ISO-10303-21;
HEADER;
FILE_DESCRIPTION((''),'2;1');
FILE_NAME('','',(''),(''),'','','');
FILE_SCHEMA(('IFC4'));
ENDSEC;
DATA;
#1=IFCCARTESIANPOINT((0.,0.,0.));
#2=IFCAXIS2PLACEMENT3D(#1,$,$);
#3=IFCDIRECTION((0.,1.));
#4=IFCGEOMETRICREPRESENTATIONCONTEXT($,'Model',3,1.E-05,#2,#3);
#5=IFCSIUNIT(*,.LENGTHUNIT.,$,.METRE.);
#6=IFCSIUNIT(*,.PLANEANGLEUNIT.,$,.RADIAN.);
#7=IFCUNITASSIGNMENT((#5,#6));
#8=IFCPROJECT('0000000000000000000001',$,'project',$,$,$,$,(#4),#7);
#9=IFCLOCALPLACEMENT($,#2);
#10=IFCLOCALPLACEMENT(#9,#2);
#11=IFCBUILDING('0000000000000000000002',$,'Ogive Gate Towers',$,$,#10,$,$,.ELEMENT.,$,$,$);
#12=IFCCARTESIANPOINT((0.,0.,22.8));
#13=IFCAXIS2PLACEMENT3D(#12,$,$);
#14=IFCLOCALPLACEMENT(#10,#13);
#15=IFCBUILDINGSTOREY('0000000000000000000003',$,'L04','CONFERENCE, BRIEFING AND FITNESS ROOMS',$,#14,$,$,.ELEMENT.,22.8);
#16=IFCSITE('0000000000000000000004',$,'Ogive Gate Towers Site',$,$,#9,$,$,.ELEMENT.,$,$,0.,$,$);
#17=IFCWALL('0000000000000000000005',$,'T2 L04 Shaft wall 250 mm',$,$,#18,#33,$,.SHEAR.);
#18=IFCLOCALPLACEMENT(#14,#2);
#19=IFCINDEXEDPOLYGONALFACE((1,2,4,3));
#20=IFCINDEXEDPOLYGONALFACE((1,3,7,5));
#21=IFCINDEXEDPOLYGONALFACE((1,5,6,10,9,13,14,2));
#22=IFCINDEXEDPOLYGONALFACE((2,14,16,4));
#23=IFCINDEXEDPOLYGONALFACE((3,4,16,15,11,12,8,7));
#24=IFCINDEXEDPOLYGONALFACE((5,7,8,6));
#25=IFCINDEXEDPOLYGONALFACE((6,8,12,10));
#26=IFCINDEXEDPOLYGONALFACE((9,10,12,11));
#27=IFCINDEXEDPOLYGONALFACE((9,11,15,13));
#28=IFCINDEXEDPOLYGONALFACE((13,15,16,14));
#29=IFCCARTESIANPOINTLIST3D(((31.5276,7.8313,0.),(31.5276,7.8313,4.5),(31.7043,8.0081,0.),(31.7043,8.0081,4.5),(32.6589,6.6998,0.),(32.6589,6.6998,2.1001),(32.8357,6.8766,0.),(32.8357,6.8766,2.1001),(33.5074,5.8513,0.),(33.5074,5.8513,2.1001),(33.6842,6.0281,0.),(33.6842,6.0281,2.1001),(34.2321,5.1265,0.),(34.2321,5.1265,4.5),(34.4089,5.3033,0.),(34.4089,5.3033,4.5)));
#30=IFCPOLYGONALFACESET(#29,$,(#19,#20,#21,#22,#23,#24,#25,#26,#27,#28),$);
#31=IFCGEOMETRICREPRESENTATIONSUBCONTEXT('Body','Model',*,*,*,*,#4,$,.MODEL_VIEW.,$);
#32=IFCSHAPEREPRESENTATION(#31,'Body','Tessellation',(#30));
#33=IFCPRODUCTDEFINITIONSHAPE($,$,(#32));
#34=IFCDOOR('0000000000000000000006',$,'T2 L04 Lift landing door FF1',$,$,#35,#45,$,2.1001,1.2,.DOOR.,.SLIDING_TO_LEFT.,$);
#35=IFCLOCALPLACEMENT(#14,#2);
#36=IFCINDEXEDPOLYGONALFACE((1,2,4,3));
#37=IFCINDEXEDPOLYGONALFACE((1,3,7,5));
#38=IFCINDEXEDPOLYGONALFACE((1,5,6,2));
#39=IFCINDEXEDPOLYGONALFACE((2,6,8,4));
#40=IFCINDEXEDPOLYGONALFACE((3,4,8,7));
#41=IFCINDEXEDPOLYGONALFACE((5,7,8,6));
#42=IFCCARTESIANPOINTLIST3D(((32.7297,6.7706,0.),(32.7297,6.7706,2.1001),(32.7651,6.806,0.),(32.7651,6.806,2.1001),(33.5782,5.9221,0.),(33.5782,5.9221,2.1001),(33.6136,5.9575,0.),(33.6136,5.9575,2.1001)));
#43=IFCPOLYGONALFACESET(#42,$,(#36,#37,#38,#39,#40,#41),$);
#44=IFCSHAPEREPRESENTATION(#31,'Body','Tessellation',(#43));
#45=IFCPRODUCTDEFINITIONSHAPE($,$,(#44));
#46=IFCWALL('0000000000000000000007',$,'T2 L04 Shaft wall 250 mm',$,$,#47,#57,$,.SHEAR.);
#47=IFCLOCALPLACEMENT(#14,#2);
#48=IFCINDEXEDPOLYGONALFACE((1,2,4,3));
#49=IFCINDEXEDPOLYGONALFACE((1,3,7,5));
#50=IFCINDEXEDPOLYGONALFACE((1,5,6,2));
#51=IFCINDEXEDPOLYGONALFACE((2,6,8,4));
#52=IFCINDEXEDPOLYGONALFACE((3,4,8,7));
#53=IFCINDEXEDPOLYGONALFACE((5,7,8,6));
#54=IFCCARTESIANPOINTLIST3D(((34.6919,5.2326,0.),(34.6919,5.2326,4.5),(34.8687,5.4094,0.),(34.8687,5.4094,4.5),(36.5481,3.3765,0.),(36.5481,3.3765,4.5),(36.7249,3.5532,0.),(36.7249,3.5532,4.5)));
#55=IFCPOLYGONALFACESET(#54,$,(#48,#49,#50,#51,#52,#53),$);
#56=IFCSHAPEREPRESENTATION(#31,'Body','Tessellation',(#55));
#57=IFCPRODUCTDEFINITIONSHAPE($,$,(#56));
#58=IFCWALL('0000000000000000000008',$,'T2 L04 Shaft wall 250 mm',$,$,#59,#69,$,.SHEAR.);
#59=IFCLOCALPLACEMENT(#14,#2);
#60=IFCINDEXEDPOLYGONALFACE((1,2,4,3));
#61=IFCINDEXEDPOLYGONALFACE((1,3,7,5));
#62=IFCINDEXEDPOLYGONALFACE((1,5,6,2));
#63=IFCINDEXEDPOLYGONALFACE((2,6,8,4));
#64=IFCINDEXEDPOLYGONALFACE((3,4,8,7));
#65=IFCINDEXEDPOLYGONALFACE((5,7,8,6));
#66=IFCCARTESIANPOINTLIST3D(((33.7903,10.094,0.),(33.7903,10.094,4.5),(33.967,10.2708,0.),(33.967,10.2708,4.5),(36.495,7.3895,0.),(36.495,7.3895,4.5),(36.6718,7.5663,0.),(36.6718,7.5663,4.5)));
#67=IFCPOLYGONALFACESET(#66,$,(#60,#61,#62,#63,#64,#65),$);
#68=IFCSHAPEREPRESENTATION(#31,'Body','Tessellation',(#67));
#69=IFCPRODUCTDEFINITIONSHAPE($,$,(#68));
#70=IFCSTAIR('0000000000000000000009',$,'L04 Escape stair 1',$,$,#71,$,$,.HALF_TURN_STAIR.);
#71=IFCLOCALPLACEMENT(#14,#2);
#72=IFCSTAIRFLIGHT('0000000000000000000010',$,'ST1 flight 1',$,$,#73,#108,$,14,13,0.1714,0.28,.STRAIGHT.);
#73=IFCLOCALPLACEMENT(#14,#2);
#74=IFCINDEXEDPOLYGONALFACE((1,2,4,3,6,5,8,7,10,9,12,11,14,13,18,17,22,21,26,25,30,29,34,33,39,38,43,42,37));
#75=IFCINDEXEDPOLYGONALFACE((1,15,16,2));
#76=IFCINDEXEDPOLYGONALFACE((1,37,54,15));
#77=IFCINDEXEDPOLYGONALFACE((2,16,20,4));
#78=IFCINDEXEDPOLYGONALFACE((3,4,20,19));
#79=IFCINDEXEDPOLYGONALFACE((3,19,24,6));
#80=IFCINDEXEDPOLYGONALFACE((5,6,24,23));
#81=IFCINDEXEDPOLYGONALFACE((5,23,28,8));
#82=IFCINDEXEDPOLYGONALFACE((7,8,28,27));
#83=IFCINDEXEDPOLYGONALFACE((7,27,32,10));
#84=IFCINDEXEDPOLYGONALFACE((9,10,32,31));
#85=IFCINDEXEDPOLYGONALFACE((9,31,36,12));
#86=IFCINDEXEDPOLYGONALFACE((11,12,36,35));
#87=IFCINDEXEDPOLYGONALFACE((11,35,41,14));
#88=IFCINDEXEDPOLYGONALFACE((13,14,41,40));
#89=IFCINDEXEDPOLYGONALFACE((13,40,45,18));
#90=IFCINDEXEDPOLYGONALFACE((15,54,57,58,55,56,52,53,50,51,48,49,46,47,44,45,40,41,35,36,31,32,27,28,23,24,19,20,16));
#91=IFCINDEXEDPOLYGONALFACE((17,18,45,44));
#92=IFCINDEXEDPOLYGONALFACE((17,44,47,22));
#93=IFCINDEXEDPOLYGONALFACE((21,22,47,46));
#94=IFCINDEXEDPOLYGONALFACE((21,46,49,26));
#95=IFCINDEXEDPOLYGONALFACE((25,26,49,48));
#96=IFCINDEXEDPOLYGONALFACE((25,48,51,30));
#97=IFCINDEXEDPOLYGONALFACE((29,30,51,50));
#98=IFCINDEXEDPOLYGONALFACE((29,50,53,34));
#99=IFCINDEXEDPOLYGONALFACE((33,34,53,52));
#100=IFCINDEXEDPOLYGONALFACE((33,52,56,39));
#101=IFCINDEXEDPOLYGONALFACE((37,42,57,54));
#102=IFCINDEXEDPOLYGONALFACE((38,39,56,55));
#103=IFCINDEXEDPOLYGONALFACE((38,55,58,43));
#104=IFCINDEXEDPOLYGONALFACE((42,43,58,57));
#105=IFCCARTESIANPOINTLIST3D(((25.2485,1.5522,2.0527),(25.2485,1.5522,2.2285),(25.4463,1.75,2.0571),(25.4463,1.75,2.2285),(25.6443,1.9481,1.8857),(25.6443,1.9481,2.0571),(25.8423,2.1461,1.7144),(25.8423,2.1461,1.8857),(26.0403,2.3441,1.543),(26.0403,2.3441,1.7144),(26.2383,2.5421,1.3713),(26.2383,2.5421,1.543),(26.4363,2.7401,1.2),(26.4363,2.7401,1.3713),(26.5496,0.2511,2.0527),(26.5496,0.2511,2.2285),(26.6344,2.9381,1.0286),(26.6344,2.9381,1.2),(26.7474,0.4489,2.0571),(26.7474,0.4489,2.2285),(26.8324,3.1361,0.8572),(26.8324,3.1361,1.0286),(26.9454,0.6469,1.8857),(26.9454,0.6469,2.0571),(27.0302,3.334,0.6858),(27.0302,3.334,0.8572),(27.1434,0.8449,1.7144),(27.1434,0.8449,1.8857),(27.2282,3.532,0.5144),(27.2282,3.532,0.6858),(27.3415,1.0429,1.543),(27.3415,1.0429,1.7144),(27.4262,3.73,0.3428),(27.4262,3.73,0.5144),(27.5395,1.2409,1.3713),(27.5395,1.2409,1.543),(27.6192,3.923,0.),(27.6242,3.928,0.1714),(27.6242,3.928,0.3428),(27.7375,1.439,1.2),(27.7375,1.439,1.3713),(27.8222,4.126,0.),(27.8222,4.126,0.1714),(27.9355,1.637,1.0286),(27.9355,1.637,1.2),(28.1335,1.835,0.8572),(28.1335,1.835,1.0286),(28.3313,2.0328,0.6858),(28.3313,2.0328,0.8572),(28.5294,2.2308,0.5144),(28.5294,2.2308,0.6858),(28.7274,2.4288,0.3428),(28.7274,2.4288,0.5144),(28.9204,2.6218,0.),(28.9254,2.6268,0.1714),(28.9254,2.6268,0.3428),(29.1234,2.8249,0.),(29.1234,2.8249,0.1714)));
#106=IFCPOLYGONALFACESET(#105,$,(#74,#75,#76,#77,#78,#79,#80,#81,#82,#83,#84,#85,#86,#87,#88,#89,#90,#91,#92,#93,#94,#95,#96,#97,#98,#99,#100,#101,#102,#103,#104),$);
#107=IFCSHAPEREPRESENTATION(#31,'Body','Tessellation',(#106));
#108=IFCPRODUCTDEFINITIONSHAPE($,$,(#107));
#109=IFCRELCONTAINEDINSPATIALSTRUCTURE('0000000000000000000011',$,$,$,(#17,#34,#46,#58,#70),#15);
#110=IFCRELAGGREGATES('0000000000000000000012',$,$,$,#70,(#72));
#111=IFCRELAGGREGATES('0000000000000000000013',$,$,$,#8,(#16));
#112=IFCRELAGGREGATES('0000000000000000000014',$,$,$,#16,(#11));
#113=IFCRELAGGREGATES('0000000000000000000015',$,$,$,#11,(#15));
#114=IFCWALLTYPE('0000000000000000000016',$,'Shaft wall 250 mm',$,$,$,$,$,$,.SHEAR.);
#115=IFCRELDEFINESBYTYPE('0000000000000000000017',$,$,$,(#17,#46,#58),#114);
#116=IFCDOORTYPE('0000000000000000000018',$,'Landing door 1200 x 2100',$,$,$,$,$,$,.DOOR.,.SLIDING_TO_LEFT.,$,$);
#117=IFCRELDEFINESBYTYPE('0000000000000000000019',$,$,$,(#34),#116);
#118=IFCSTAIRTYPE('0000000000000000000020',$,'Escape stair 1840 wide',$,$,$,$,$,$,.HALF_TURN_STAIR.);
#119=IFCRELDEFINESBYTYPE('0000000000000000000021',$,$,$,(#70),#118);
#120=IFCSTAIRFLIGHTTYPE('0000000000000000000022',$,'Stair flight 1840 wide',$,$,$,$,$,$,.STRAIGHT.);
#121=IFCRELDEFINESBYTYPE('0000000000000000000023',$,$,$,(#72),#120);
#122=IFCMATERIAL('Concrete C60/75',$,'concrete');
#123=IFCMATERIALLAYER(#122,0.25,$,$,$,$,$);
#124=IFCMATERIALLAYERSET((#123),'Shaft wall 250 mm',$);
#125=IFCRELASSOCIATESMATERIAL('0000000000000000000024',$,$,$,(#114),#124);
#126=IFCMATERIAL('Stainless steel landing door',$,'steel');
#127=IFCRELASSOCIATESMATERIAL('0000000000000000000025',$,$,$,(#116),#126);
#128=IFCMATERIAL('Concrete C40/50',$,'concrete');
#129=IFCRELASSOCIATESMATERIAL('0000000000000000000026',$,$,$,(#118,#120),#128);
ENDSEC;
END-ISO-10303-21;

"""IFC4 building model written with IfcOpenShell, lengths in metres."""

from ifc_helpers import new_model, si_unit, direction, frame, frame_2d, origin, place, context, subcontext, project, spatial, polyline, rectangle, outline, extrude, material, layer, layer_set, type_object, element, fill, aggregate, save


model = new_model("IFC4")

# Units and contexts
model_context = context("Model", 3, precision=1e-05, world=origin(), true_north=direction((0.0, 1.0)))
body_context = subcontext(model_context, "Body", "Model", "MODEL_VIEW")
ifc_project = project(units=[si_unit("LENGTHUNIT", "METRE"), si_unit("PLANEANGLEUNIT", "RADIAN")], contexts=[model_context])

# Site, building, storey
site_placement = place(None, origin())
site = spatial("IfcSite", under=ifc_project, at=site_placement, Name="Ogive Gate Towers Site", CompositionType="ELEMENT", RefElevation=0.0)
building_placement = place(site_placement, origin())
building = spatial("IfcBuilding", under=site, at=building_placement, Name="Ogive Gate Towers", CompositionType="ELEMENT")
storey_placement = place(building_placement, frame((0.0, 0.0, 22.8)))
storey = spatial("IfcBuildingStorey", under=building, at=storey_placement, Name="L04", Description="CONFERENCE, BRIEFING AND FITNESS ROOMS", CompositionType="ELEMENT", Elevation=22.8)

# Shared definitions
ifc_material_1 = material(Name="Concrete C40/50", Category="concrete")

# Shared definitions
ifc_material_2 = material(Name="Concrete C60/75", Category="concrete")

# Wall, opening, door
ifc_layer_1 = layer(ifc_material_2, 0.25)
ifc_layer_set_1 = layer_set([ifc_layer_1], Name="Shaft wall 250 mm")
wall_type_1 = type_object("IfcWallType", Name="Shaft wall 250 mm", PredefinedType="SHEAR", material=ifc_layer_set_1)
wall_1_placement = place(storey_placement, frame((34.3206, 5.2148, 0.0), z_axis=(0.0, 0.0, 1.0), x_axis=(-0.707075, 0.707139, 0.0)))
wall_1 = element("IfcWall", 1, at=wall_1_placement, inside=storey, type_object=wall_type_1, Name="T2 L04 Shaft wall 250 mm", PredefinedType="SHEAR", context=body_context, shape_type="SweptSolid", body=[
    extrude(rectangle(XDim=3.825, YDim=0.25, at=frame_2d((1.9126, 0.0))), origin(), (0.0, 0.0, 1.0), 4.5),
])
opening_1_placement = place(wall_1_placement, frame((1.0249, 0.0, 0.0)))
opening_1 = element("IfcOpeningElement", 2, at=opening_1_placement, cuts=wall_1, PredefinedType="OPENING", context=body_context, shape_type="SweptSolid", body=[
    extrude(rectangle(XDim=1.2, YDim=2.1001, at=frame_2d((0.6001, 1.05))), frame((0.0, 0.135, 0.0), z_axis=(0.0, -1.0, 0.0), x_axis=(1.0, 0.0, 0.0)), (0.0, 0.0, 1.0), 0.27),
])
ifc_material_3 = material(Name="Stainless steel landing door", Category="steel")
door_type_1 = type_object("IfcDoorType", Name="Landing door 1200 x 2100", OperationType="SLIDING_TO_LEFT", PredefinedType="DOOR", material=ifc_material_3)
door_1_placement = place(opening_1_placement, origin())
door_1 = element("IfcDoor", 3, at=door_1_placement, inside=storey, type_object=door_type_1, Name="T2 L04 Lift landing door FF1", OperationType="SLIDING_TO_LEFT", OverallHeight=2.1001, OverallWidth=1.2, PredefinedType="DOOR", context=body_context, shape_type="SweptSolid", body=[
    extrude(rectangle(XDim=1.2, YDim=2.1001, at=frame_2d((0.6001, 1.05))), frame((0.0, 0.0249, 0.0), z_axis=(0.0, -1.0, 0.0), x_axis=(1.0, 0.0, 0.0)), (0.0, 0.0, 1.0), 0.05),
])
fill(opening_1, door_1)

# Walls
wall_2_placement = place(storey_placement, frame((36.6365, 3.4648, 0.0), z_axis=(0.0, 0.0, 1.0), x_axis=(-0.707107, 0.707107, 0.0)))
element("IfcWall", 4, at=wall_2_placement, inside=storey, type_object=wall_type_1, Name="T2 L04 Shaft wall 250 mm", PredefinedType="SHEAR", context=body_context, shape_type="SweptSolid", body=[
    extrude(rectangle(XDim=2.625, YDim=0.25, at=frame_2d((1.3125, 0.0))), origin(), (0.0, 0.0, 1.0), 4.5),
])
wall_3_placement = place(storey_placement, frame((36.5835, 7.4778, 0.0), z_axis=(0.0, 0.0, 1.0), x_axis=(-0.707139, 0.707075, 0.0)))
element("IfcWall", 5, at=wall_3_placement, inside=storey, type_object=wall_type_1, Name="T2 L04 Shaft wall 250 mm", PredefinedType="SHEAR", context=body_context, shape_type="SweptSolid", body=[
    extrude(rectangle(XDim=3.825, YDim=0.25, at=frame_2d((1.9126, 0.0))), origin(), (0.0, 0.0, 1.0), 4.5),
])

# Stair, stair flight
stair_type = type_object("IfcStairType", Name="Escape stair 1840 wide", PredefinedType="HALF_TURN_STAIR", material=ifc_material_1)
stair_placement = place(storey_placement, origin())
stair = element("IfcStair", 6, at=stair_placement, inside=storey, type_object=stair_type, Name="L04 Escape stair 1", PredefinedType="HALF_TURN_STAIR")
stair_flight_type = type_object("IfcStairFlightType", Name="Stair flight 1840 wide", PredefinedType="STRAIGHT", material=ifc_material_1)
stair_flight_placement = place(storey_placement, frame((28.4729, 3.4753, 0.0), z_axis=(0.0, 0.0, 1.0), x_axis=(-0.707107, -0.707107, 0.0)))
stair_flight = element("IfcStairFlight", 7, at=stair_flight_placement, type_object=stair_flight_type, Name="ST1 flight 1", NumberOfRisers=14, NumberOfTreads=13, PredefinedType="STRAIGHT", RiserHeight=0.1714, TreadLength=0.28, context=body_context, shape_type="SweptSolid", body=[
    extrude(outline(polyline([(0.0, 0.0), (0.0, 0.1714), (0.28, 0.1714), (0.28, 0.3428), (0.5601, 0.3428), (0.5601, 0.5144), (0.8401, 0.5144), (0.8401, 0.6858), (1.1201, 0.6858), (1.1201, 0.8572), (1.3999, 0.8572), (1.3999, 1.0286), (1.6799, 1.0286), (1.6799, 1.2), (1.96, 1.2), (1.96, 1.3713), (2.24, 1.3713), (2.24, 1.543), (2.52, 1.543), (2.52, 1.7144), (2.8, 1.7144), (2.8, 1.8857), (3.0801, 1.8857), (3.0801, 2.0571), (3.3601, 2.0571), (3.3601, 2.2285), (3.6399, 2.2285), (3.6399, 2.3999), (3.6399, 2.0527), (0.2871, 0.0), (0.0, 0.0)])), frame((0.0, 0.9199, 0.0), z_axis=(0.0, -1.0, 0.0), x_axis=(1.0, 0.0, 0.0)), (0.0, 0.0, 1.0), 1.8401),
])
aggregate(stair, [stair_flight])

save(model, "model.ifc")
